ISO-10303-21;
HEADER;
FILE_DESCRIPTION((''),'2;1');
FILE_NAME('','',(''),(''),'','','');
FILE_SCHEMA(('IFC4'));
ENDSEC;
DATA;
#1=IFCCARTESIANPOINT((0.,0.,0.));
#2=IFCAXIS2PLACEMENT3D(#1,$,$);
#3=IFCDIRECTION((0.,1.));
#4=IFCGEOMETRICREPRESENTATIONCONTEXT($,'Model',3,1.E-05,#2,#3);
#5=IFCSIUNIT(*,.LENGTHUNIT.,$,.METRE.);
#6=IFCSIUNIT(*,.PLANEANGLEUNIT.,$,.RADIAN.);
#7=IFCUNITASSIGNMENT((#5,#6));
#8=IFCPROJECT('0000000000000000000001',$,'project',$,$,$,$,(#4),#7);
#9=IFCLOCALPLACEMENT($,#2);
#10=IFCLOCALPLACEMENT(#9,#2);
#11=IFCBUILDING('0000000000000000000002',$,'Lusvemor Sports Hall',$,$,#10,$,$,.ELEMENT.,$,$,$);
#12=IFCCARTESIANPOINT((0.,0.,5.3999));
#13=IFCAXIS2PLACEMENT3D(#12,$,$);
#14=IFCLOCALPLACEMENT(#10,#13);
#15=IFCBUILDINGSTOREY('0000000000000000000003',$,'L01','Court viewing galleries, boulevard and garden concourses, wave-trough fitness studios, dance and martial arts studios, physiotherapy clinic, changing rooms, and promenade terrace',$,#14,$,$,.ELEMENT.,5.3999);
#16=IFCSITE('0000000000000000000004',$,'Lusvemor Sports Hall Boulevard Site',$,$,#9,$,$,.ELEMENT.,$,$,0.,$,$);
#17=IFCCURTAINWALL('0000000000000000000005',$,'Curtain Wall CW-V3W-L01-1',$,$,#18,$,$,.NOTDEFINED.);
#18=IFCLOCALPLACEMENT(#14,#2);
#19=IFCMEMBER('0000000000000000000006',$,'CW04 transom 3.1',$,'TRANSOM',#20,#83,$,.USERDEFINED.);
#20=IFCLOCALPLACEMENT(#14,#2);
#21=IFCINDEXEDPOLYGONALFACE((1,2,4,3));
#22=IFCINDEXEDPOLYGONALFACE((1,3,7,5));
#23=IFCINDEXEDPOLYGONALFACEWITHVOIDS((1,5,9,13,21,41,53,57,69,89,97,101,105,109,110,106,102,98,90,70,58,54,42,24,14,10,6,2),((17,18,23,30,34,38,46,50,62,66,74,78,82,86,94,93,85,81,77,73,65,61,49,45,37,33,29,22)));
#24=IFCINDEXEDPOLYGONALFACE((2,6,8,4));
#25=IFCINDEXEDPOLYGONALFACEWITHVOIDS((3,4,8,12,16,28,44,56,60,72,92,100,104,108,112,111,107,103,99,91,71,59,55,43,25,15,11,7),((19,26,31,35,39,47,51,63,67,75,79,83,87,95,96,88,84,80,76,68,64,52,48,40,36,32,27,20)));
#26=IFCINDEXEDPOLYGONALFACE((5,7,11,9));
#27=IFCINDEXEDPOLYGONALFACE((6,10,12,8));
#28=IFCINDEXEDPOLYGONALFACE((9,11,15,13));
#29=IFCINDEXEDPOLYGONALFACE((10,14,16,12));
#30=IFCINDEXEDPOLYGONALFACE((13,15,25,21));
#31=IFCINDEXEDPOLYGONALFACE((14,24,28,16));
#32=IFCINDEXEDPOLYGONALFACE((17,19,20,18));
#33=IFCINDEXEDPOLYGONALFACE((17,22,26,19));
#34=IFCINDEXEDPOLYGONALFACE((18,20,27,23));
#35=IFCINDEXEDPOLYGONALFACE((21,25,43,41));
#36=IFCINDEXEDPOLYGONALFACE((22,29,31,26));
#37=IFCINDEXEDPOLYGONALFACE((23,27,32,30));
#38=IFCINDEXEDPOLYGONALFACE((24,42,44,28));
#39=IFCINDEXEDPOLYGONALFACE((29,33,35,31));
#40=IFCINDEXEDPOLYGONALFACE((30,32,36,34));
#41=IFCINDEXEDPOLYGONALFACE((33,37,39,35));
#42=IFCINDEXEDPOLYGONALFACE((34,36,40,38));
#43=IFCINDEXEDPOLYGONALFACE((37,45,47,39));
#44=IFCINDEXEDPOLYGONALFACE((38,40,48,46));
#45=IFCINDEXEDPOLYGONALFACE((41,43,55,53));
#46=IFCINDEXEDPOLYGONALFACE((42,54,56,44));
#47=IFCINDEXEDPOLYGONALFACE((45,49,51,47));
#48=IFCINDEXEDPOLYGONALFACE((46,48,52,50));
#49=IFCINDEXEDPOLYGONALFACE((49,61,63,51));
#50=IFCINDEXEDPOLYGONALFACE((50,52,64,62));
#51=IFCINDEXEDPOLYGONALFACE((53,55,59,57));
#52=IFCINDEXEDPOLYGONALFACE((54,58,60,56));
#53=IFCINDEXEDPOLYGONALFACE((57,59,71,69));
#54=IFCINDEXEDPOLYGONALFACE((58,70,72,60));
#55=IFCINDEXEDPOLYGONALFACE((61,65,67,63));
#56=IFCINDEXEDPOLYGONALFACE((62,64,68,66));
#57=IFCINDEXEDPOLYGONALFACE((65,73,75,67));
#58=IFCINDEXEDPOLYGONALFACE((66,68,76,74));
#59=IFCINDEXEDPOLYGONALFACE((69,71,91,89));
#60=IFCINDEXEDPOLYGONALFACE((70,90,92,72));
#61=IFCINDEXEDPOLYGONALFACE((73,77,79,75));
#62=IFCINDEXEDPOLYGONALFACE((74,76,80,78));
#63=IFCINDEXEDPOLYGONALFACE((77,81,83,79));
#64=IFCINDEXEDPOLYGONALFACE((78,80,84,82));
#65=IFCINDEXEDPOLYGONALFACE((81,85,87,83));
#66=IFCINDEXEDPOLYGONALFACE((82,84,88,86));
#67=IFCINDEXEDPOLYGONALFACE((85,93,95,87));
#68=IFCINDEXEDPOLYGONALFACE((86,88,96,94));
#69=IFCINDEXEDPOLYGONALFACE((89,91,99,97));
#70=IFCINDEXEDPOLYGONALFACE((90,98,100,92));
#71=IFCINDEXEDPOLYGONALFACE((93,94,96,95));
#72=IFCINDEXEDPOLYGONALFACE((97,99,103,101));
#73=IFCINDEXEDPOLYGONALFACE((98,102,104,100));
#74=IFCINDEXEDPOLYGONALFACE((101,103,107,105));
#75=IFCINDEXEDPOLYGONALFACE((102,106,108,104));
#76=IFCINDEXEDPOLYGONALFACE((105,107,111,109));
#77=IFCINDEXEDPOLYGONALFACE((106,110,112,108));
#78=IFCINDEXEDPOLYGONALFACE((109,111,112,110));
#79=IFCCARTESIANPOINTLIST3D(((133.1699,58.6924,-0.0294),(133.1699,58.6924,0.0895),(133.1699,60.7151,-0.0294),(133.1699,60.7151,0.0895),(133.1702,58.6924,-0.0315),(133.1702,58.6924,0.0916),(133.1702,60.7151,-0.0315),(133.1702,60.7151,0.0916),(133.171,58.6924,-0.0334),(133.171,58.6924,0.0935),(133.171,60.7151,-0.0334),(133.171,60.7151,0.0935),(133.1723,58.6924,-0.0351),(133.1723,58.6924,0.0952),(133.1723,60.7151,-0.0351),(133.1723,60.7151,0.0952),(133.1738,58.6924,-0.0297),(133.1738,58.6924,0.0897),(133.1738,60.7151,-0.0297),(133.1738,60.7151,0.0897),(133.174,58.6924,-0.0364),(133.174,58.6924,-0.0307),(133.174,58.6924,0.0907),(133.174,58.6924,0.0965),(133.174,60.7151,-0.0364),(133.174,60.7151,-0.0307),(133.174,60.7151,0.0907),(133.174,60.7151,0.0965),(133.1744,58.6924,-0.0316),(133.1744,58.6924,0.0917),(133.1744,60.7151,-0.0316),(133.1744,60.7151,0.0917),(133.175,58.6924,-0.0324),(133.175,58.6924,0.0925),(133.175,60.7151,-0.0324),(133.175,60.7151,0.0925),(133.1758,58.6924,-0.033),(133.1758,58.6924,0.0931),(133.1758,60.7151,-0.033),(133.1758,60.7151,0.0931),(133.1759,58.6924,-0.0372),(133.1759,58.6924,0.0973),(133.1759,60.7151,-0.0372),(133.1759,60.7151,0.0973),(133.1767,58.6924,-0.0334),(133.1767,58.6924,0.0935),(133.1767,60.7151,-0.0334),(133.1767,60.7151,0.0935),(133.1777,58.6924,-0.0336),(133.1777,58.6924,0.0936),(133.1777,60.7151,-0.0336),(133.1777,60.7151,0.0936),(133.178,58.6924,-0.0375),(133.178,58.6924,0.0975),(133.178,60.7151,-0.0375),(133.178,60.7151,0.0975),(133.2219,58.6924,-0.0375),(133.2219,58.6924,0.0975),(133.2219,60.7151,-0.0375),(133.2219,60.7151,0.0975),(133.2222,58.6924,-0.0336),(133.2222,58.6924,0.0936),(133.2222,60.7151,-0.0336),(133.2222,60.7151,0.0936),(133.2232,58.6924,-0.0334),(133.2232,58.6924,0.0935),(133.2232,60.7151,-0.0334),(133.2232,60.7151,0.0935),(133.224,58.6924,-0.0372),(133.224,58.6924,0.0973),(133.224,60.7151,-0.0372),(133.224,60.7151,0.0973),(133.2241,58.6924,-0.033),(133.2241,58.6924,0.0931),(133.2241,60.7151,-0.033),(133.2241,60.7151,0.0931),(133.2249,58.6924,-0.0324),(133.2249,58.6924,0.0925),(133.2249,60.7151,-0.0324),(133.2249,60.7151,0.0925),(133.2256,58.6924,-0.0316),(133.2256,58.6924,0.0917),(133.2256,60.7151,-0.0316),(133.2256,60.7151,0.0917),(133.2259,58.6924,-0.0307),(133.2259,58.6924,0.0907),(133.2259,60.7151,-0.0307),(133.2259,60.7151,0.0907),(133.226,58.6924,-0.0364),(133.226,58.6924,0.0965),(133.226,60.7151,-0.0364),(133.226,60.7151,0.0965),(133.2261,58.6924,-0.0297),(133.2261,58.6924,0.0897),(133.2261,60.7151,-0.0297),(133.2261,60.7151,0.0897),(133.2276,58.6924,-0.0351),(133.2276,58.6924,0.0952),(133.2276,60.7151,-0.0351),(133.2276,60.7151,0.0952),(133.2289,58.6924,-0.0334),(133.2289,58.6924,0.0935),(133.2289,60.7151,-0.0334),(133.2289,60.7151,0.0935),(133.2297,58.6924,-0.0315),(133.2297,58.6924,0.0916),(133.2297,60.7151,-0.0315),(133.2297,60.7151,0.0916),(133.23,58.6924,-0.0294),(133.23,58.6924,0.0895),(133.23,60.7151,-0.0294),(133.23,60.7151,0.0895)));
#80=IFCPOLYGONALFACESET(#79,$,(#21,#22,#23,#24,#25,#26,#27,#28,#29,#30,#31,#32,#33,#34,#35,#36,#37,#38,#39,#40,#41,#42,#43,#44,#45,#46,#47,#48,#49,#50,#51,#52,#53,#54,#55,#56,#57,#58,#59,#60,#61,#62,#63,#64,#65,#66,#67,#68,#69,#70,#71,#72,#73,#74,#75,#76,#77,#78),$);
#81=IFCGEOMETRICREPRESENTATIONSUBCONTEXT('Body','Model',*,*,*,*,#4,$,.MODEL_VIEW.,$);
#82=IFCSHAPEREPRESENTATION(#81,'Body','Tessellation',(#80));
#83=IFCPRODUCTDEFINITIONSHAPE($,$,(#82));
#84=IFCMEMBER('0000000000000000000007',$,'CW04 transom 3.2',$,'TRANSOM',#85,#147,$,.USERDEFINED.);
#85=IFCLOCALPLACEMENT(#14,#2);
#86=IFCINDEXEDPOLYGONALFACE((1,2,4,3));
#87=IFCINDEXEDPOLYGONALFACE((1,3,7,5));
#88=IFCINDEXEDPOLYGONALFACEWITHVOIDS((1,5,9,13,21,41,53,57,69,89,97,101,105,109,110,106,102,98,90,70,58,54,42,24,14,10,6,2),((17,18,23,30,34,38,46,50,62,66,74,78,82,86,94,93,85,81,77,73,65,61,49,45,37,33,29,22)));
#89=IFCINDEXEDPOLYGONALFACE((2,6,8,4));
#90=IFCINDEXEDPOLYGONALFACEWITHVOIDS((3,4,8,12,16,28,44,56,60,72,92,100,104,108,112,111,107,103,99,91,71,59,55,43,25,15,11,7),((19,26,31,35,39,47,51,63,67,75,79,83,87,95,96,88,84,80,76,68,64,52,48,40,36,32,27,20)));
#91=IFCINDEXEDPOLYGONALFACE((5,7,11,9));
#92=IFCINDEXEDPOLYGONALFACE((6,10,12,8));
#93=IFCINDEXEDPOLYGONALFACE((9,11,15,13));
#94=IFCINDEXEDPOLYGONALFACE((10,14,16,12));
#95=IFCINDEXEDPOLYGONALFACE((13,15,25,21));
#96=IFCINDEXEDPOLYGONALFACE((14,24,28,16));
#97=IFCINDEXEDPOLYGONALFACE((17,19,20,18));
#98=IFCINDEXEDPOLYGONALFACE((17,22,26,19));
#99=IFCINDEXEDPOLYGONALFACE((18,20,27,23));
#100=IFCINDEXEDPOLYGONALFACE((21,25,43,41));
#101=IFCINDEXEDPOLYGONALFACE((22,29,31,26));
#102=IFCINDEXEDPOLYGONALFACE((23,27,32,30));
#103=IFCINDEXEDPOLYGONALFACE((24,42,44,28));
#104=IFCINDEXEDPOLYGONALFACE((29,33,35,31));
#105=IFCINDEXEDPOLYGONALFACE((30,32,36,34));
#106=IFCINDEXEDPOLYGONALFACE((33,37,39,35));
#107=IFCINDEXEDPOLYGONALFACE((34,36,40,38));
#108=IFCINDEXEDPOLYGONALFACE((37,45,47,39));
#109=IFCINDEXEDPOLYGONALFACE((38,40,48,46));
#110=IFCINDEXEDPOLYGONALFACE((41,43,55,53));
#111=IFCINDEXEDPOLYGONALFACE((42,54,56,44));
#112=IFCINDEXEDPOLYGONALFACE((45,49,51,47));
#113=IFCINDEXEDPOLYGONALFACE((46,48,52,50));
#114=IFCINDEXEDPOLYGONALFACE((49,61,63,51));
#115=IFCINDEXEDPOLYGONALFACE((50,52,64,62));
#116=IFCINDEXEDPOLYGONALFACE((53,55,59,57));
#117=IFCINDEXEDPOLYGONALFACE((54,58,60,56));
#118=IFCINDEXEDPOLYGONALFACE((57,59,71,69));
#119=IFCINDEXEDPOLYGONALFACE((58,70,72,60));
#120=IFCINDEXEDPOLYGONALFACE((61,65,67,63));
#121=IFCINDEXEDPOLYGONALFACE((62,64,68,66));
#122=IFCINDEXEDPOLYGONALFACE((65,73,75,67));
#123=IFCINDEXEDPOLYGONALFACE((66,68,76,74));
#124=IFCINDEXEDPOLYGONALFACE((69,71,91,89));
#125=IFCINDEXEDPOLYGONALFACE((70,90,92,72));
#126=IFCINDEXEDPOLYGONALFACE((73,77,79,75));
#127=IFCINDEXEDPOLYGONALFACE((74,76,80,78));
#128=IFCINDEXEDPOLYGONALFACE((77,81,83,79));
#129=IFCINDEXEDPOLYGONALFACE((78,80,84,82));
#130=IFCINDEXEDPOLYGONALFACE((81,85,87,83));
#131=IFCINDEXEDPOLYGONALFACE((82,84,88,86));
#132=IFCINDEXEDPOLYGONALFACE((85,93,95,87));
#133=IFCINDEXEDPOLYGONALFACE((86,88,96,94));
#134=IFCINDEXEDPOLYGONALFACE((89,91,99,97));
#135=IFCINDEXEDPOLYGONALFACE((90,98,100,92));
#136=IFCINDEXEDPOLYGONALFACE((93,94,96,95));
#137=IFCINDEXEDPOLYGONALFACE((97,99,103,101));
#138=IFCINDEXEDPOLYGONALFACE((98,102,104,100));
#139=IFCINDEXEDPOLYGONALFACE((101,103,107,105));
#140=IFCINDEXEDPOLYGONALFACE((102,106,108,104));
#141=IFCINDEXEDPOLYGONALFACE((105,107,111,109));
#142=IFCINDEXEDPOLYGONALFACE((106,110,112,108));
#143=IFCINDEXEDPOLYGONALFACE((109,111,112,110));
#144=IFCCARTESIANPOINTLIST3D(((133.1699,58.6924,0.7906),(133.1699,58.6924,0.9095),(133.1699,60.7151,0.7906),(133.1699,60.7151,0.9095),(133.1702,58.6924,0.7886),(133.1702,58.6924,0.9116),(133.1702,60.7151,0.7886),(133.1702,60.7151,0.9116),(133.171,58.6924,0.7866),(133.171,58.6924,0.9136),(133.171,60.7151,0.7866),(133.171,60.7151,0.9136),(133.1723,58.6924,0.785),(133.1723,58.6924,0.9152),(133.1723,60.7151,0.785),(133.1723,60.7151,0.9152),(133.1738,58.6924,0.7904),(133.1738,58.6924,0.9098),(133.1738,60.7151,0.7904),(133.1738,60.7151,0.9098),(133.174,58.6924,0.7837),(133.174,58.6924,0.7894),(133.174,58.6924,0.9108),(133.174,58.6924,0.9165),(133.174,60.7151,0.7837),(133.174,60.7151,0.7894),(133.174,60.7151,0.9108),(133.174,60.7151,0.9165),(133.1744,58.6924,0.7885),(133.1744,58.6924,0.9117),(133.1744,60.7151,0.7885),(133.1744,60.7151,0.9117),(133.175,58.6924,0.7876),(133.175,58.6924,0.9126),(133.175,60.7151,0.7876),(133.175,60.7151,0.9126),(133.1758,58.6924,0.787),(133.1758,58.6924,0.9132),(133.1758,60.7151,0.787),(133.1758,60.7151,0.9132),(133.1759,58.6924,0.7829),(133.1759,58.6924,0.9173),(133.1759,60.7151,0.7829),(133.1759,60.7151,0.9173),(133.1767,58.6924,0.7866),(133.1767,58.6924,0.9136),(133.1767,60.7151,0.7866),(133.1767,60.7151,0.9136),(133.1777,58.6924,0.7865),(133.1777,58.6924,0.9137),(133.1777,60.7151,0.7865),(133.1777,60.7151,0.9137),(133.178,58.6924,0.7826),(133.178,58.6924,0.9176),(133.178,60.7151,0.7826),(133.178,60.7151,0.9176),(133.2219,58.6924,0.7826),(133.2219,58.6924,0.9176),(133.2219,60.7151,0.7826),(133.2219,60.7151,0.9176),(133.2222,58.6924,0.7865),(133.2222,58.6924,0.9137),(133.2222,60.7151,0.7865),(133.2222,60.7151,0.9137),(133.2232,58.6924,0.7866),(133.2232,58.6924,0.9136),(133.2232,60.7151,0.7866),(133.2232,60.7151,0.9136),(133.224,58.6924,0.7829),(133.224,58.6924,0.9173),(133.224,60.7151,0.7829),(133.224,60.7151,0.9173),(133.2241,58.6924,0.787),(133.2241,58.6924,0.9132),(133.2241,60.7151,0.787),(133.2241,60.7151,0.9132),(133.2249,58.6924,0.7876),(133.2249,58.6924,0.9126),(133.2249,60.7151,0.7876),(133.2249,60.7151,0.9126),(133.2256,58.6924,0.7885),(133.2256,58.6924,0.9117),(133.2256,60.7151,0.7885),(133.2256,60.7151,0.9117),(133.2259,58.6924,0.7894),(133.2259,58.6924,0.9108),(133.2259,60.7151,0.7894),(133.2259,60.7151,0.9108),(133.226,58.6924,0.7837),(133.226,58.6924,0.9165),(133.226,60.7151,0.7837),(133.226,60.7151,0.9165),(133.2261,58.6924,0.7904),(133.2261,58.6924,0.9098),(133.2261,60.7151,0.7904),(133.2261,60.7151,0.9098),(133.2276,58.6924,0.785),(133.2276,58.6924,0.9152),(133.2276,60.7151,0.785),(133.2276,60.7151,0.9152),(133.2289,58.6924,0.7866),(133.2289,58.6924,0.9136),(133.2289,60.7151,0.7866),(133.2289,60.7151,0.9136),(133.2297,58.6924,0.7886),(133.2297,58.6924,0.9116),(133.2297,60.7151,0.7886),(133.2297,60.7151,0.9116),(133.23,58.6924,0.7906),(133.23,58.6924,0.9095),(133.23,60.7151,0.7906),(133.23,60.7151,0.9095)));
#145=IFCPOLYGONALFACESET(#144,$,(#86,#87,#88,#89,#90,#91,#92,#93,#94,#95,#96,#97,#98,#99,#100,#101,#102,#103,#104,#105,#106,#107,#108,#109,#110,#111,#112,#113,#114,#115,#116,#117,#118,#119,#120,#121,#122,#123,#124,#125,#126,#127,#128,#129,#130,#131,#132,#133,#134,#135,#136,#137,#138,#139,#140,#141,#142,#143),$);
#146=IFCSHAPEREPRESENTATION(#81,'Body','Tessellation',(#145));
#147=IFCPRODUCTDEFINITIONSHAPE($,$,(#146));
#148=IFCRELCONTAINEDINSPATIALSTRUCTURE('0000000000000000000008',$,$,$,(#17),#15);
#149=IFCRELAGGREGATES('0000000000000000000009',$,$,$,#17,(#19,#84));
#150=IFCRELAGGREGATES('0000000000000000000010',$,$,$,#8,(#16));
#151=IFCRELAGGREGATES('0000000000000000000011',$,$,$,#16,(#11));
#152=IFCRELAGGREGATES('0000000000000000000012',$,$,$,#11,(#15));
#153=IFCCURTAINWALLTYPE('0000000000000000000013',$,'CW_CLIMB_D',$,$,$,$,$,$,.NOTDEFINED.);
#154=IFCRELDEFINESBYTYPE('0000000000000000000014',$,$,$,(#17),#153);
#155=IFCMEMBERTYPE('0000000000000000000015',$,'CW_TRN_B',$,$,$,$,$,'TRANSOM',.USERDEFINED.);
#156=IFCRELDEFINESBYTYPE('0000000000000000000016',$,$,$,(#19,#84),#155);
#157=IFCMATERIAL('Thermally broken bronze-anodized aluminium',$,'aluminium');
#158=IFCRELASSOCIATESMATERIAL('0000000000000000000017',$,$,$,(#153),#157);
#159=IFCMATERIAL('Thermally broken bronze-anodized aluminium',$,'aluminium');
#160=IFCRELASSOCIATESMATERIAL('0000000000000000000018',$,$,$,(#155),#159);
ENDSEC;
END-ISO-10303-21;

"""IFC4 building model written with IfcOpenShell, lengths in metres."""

from ifc_helpers import new_model, si_unit, direction, frame, origin, origin_2d, place, context, subcontext, project, spatial, hollow_rectangle, extrude, material, material_profile, profile_set, type_object, element, aggregate, save


model = new_model("IFC4")

# Units and contexts
model_context = context("Model", 3, precision=1e-05, world=origin(), true_north=direction((0.0, 1.0)))
body_context = subcontext(model_context, "Body", "Model", "MODEL_VIEW")
ifc_project = project(units=[si_unit("LENGTHUNIT", "METRE"), si_unit("PLANEANGLEUNIT", "RADIAN")], contexts=[model_context])

# Site, building, storey
site_placement = place(None, origin())
site = spatial("IfcSite", under=ifc_project, at=site_placement, Name="Lusvemor Sports Hall Boulevard Site", CompositionType="ELEMENT", RefElevation=0.0)
building_placement = place(site_placement, origin())
building = spatial("IfcBuilding", under=site, at=building_placement, Name="Lusvemor Sports Hall", CompositionType="ELEMENT")
storey_placement = place(building_placement, frame((0.0, 0.0, 5.3999)))
storey = spatial("IfcBuildingStorey", under=building, at=storey_placement, Name="L01", Description="Court viewing galleries, boulevard and garden concourses, wave-trough fitness studios, dance and martial arts studios, physiotherapy clinic, changing rooms, and promenade terrace", CompositionType="ELEMENT", Elevation=5.3999)

# Shared definitions
ifc_material_1 = material(Name="Thermally broken bronze-anodized aluminium", Category="aluminium")
curtain_wall_type = type_object("IfcCurtainWallType", Name="CW_CLIMB_D", PredefinedType="NOTDEFINED", material=ifc_material_1)

# Curtain wall
curtain_wall_1_placement = place(storey_placement, origin())
curtain_wall_1 = element("IfcCurtainWall", 1, at=curtain_wall_1_placement, inside=storey, type_object=curtain_wall_type, Name="Curtain Wall CW-V3W-L01-1", PredefinedType="NOTDEFINED")

# Members
ifc_material_2 = material(Name="Thermally broken bronze-anodized aluminium", Category="aluminium")
ifc_material_profile_1 = material_profile(ifc_material_2, hollow_rectangle(XDim=0.0601, YDim=0.135, WallThickness=0.0039, InnerFilletRadius=0.0039, OuterFilletRadius=0.0081, at=origin_2d()), Name="CWTRN135x60x4")
ifc_profile_set_1 = profile_set([ifc_material_profile_1], Name="Thermally broken bronze-anodized aluminium")
member_type_1 = type_object("IfcMemberType", Name="CW_TRN_B", ElementType="TRANSOM", PredefinedType="USERDEFINED", material=ifc_profile_set_1)
member_1_placement = place(storey_placement, frame((133.2, 58.6924, 0.03), z_axis=(0.0, 1.0, 0.0), x_axis=(-1.0, 0.0, 0.0)))
member_1 = element("IfcMember", 2, at=member_1_placement, type_object=member_type_1, Name="CW04 transom 3.1", ObjectType="TRANSOM", PredefinedType="USERDEFINED", context=body_context, shape_type="SweptSolid", body=[
    extrude(hollow_rectangle(XDim=0.0601, YDim=0.135, WallThickness=0.0039, InnerFilletRadius=0.0039, OuterFilletRadius=0.0081, at=origin_2d()), origin(), (0.0, 0.0, 1.0), 2.0227),
])
member_2_placement = place(storey_placement, frame((133.2, 58.6924, 0.8501), z_axis=(0.0, 1.0, 0.0), x_axis=(-1.0, 0.0, 0.0)))
member_2 = element("IfcMember", 3, at=member_2_placement, type_object=member_type_1, Name="CW04 transom 3.2", ObjectType="TRANSOM", PredefinedType="USERDEFINED", context=body_context, shape_type="SweptSolid", body=[
    extrude(hollow_rectangle(XDim=0.0601, YDim=0.135, WallThickness=0.0039, InnerFilletRadius=0.0039, OuterFilletRadius=0.0081, at=origin_2d()), origin(), (0.0, 0.0, 1.0), 2.0227),
])

aggregate(curtain_wall_1, [member_1, member_2])

save(model, "model.ifc")
